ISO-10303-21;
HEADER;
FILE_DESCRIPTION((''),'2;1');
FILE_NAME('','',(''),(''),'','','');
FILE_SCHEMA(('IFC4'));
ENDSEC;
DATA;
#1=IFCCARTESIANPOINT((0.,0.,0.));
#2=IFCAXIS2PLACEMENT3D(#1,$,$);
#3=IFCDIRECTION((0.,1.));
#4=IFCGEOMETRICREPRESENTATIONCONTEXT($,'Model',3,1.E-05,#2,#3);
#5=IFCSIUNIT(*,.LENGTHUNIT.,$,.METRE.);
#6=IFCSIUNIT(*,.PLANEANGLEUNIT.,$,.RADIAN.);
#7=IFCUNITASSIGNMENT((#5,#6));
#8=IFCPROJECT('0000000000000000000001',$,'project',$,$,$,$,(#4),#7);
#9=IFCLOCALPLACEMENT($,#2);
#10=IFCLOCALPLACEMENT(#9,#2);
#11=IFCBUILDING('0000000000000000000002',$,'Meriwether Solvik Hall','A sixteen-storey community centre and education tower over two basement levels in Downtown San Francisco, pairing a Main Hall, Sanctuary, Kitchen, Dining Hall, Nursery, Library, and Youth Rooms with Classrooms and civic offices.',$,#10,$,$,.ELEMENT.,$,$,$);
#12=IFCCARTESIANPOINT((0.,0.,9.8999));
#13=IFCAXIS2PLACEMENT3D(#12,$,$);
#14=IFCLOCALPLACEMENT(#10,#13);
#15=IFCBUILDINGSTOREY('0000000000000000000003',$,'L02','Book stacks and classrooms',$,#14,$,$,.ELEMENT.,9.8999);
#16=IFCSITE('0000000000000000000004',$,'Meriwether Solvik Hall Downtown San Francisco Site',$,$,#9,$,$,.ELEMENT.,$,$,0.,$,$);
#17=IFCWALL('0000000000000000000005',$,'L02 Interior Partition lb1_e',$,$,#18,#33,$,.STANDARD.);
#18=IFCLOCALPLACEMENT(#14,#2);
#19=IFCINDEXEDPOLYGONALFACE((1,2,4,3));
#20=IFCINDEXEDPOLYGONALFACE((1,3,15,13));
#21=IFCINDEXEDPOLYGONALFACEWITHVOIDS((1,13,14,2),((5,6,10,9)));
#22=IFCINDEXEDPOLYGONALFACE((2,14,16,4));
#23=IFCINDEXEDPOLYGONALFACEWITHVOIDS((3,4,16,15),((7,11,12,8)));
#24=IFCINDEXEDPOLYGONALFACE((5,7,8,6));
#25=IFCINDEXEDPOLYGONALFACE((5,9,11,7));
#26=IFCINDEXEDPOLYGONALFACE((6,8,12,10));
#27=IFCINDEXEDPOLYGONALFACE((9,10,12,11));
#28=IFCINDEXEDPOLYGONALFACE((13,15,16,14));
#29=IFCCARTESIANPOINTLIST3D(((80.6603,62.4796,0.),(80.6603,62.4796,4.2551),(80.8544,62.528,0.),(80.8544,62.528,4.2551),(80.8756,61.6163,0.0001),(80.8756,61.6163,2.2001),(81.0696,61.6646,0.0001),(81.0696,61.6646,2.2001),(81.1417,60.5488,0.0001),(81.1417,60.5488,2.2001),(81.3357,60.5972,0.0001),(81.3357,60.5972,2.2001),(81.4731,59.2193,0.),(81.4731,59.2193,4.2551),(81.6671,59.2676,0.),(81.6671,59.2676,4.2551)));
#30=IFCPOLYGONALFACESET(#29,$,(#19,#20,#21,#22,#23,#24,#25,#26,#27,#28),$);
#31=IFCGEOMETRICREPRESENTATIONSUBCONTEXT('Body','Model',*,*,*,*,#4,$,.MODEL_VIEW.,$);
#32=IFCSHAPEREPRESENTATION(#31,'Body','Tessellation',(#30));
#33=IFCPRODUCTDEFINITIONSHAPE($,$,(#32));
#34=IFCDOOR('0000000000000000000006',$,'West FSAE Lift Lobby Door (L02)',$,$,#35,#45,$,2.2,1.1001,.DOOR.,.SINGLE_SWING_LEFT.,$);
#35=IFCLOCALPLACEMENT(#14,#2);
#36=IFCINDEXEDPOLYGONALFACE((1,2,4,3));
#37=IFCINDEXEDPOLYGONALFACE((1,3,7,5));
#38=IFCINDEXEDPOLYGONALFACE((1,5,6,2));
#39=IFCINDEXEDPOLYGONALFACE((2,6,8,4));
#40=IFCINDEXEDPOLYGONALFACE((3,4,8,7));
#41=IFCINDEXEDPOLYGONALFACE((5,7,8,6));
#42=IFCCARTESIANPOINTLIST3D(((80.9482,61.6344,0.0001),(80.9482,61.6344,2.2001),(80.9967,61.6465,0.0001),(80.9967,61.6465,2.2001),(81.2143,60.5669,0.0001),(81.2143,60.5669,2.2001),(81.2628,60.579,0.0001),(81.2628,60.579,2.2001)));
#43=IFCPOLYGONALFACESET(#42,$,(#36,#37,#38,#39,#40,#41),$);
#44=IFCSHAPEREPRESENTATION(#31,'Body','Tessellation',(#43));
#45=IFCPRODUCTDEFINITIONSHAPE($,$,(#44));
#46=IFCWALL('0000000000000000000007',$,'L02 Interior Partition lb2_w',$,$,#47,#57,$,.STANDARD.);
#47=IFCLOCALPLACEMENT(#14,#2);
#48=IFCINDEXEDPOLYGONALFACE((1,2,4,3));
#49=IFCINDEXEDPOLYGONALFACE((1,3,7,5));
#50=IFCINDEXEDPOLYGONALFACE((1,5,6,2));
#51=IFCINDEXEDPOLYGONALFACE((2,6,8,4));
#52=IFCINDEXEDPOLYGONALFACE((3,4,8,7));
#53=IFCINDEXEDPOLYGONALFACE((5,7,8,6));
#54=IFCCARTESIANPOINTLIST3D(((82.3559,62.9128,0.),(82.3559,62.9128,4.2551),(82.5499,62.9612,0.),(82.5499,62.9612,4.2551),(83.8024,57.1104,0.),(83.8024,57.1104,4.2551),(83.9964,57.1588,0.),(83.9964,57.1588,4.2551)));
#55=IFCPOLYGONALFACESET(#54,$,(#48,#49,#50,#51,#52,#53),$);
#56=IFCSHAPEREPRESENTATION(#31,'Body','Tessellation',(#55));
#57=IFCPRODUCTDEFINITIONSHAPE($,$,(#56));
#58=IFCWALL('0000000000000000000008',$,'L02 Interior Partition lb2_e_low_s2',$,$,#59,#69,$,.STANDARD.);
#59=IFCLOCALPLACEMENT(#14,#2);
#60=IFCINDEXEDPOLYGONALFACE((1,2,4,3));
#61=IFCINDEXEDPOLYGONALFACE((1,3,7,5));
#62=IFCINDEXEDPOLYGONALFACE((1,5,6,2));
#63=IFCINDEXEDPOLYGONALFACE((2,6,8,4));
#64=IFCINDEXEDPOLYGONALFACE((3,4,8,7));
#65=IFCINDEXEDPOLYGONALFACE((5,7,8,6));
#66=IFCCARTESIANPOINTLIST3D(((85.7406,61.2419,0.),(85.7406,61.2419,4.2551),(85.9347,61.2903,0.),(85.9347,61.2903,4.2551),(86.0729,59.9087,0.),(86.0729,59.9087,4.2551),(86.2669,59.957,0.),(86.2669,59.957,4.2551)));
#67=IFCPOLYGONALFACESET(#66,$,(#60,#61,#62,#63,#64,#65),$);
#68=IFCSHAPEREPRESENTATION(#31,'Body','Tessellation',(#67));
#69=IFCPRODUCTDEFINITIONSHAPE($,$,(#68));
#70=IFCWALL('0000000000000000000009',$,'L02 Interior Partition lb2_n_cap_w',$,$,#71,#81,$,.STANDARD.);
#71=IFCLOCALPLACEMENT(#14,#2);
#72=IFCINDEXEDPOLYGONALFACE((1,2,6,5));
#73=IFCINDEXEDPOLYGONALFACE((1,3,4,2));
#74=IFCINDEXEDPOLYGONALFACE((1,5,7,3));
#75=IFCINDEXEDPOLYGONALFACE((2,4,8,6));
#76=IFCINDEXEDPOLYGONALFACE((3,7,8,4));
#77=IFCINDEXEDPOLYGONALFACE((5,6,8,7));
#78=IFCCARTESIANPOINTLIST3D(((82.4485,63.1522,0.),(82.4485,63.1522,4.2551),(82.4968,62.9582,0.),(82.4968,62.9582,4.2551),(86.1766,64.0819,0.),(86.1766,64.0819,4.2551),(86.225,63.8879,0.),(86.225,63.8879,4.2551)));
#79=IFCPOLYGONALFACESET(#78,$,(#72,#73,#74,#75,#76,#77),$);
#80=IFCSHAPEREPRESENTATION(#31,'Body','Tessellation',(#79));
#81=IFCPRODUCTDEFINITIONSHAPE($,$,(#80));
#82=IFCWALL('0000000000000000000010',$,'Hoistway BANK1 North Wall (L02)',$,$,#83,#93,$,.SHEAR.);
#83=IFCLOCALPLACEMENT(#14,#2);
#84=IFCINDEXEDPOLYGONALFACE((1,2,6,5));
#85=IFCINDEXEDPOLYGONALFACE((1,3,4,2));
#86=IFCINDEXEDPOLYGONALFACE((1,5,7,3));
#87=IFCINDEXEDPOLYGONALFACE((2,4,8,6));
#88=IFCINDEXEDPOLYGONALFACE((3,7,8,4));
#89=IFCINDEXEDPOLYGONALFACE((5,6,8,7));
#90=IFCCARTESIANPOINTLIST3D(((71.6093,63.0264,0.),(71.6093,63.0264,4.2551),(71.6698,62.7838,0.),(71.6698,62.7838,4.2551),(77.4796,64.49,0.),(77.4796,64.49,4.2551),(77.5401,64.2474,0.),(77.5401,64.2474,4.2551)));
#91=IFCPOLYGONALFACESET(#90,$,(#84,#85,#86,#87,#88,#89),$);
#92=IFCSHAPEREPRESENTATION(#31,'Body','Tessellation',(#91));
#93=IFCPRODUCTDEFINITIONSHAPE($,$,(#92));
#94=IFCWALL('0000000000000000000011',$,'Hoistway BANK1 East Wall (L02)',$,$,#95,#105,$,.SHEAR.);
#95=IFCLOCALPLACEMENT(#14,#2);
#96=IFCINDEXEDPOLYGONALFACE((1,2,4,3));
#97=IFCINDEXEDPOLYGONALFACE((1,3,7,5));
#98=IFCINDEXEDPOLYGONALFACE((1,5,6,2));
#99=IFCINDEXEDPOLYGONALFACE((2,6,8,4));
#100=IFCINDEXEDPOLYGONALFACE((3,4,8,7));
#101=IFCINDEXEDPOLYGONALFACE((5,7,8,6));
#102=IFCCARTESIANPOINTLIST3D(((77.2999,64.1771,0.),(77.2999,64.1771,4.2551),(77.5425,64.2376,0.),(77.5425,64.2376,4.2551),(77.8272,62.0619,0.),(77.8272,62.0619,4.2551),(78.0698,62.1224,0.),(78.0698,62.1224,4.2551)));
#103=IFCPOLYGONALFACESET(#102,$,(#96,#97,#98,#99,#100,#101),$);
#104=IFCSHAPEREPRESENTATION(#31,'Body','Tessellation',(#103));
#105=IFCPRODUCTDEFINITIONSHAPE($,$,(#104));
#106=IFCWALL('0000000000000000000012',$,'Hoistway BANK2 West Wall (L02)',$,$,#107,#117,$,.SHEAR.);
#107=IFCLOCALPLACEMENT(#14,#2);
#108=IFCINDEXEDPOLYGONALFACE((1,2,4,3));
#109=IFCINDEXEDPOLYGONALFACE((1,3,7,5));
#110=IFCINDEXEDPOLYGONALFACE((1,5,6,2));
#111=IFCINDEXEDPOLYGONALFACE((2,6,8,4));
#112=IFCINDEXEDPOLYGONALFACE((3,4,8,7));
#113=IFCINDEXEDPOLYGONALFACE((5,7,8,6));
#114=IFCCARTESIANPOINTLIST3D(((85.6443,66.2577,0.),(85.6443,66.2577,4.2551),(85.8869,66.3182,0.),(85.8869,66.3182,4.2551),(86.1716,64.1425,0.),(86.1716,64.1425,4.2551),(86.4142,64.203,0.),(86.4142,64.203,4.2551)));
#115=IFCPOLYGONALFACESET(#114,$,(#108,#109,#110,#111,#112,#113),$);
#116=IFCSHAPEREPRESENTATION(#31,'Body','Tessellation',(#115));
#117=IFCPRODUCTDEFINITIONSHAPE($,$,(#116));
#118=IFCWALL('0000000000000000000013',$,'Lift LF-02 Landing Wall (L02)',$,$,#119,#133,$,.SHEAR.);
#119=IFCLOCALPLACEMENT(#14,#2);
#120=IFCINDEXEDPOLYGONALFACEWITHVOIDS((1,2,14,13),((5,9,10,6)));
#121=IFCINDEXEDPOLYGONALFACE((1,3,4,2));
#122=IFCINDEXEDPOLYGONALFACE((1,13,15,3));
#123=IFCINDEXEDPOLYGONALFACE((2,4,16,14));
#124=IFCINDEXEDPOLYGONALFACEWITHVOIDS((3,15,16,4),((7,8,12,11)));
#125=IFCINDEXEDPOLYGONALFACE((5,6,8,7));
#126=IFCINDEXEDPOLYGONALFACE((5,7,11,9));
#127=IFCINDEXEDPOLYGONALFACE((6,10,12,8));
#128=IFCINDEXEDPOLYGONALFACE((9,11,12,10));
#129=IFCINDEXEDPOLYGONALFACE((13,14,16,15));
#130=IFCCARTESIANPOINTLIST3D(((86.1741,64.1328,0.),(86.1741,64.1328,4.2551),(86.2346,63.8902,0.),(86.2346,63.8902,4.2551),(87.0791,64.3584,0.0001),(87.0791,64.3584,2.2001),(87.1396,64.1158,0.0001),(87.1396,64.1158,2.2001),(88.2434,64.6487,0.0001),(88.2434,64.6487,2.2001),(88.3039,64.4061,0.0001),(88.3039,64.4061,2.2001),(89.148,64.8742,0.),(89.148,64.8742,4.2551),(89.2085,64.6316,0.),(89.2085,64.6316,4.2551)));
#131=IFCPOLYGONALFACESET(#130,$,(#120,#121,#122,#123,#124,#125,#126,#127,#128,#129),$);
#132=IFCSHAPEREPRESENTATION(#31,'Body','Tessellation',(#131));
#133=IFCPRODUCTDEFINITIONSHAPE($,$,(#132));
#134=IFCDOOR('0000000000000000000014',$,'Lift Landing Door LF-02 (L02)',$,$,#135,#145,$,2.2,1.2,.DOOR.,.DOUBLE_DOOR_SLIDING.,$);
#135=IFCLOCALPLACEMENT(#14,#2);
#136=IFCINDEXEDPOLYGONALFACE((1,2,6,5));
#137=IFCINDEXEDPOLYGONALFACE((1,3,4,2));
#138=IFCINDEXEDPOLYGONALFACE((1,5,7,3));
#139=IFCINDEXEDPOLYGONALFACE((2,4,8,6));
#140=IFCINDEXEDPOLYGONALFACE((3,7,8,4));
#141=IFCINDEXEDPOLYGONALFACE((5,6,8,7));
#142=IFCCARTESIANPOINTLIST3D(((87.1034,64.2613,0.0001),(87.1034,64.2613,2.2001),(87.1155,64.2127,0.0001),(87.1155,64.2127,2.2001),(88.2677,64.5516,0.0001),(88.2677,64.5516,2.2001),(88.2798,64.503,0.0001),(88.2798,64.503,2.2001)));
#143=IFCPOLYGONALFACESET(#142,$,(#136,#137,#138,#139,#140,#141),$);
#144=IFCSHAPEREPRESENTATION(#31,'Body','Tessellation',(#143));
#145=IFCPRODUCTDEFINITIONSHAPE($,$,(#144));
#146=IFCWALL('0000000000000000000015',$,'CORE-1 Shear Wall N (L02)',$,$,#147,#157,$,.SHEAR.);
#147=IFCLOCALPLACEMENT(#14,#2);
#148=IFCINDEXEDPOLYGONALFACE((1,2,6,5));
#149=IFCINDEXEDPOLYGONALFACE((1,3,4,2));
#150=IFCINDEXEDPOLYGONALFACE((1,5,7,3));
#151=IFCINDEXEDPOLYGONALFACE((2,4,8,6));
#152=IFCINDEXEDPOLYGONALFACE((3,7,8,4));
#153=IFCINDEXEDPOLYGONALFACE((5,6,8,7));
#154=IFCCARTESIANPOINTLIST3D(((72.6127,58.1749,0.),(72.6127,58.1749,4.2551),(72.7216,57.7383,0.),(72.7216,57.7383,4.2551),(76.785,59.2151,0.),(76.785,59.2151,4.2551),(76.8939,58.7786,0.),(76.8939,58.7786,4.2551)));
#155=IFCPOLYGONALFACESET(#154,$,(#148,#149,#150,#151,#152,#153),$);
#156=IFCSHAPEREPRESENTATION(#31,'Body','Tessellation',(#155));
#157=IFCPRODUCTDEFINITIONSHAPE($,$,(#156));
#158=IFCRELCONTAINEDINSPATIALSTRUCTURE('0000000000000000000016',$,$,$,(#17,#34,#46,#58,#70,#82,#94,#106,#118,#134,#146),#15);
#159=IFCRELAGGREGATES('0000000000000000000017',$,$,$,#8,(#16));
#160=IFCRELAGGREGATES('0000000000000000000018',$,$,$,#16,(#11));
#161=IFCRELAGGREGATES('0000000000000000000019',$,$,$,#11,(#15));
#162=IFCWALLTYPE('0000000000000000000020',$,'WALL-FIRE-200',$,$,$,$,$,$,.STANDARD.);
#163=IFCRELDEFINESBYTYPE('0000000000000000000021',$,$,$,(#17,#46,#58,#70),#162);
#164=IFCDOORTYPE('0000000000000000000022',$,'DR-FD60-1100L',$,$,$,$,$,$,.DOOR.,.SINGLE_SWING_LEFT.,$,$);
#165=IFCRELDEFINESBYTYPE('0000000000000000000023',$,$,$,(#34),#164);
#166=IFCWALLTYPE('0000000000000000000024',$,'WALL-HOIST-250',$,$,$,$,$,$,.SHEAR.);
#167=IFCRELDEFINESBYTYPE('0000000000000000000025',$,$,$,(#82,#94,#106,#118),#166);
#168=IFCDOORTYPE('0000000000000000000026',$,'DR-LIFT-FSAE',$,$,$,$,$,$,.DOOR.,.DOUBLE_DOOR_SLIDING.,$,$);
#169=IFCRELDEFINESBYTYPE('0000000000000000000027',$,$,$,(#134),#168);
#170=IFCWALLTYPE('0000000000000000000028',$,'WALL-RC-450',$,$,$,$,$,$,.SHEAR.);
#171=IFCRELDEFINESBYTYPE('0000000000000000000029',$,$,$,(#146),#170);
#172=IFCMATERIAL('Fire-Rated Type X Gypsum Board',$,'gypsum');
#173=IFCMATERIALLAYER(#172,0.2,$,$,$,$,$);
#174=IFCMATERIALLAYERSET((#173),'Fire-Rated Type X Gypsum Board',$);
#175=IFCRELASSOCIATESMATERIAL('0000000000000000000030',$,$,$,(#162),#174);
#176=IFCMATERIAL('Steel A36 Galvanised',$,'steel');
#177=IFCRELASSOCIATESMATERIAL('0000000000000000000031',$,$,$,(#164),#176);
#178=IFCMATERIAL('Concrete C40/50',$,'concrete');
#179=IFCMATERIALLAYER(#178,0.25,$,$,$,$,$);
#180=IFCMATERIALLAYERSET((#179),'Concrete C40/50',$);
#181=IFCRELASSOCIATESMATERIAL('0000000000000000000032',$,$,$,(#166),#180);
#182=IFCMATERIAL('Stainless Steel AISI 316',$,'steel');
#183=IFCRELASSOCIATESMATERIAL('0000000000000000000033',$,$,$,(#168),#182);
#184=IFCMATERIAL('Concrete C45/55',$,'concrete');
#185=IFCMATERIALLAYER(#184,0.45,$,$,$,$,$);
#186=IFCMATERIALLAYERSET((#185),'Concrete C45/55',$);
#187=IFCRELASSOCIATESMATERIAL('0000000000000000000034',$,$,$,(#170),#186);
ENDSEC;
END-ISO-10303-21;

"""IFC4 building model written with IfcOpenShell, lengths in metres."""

from ifc_helpers import new_model, si_unit, direction, frame, frame_2d, origin, place, context, subcontext, project, spatial, rectangle, extrude, material, layer, layer_set, type_object, element, fill, save


model = new_model("IFC4")

# Units and contexts
model_context = context("Model", 3, precision=1e-05, world=origin(), true_north=direction((0.0, 1.0)))
body_context = subcontext(model_context, "Body", "Model", "MODEL_VIEW")
ifc_project = project(units=[si_unit("LENGTHUNIT", "METRE"), si_unit("PLANEANGLEUNIT", "RADIAN")], contexts=[model_context])

# Site, building, storey
site_placement = place(None, origin())
site = spatial("IfcSite", under=ifc_project, at=site_placement, Name="Meriwether Solvik Hall Downtown San Francisco Site", CompositionType="ELEMENT", RefElevation=0.0)
building_placement = place(site_placement, origin())
building = spatial("IfcBuilding", under=site, at=building_placement, Name="Meriwether Solvik Hall", Description="A sixteen-storey community centre and education tower over two basement levels in Downtown San Francisco, pairing a Main Hall, Sanctuary, Kitchen, Dining Hall, Nursery, Library, and Youth Rooms with Classrooms and civic offices.", CompositionType="ELEMENT")
storey_placement = place(building_placement, frame((0.0, 0.0, 9.8999)))
storey = spatial("IfcBuildingStorey", under=building, at=storey_placement, Name="L02", Description="Book stacks and classrooms", CompositionType="ELEMENT", Elevation=9.8999)

# Shared definitions
ifc_material_1 = material(Name="Fire-Rated Type X Gypsum Board", Category="gypsum")
ifc_layer_1 = layer(ifc_material_1, 0.2)
ifc_layer_set_1 = layer_set([ifc_layer_1], Name="Fire-Rated Type X Gypsum Board")
wall_type_1 = type_object("IfcWallType", Name="WALL-FIRE-200", PredefinedType="STANDARD", material=ifc_layer_set_1)

# Wall, opening, door
wall_1_placement = place(storey_placement, frame((80.7573, 62.5039, 0.0), z_axis=(0.0, 0.0, 1.0), x_axis=(0.241886, -0.970305, 0.0)))
wall_1 = element("IfcWall", 1, at=wall_1_placement, inside=storey, type_object=wall_type_1, Name="L02 Interior Partition lb1_e", PredefinedType="STANDARD", context=body_context, shape_type="SweptSolid", body=[
    extrude(rectangle(XDim=3.3601, YDim=0.2, at=frame_2d((1.6802, 0.0))), origin(), (0.0, 0.0, 1.0), 4.2551),
])
opening_1_placement = place(wall_1_placement, frame((0.8899, 0.0, 0.0)))
opening_1 = element("IfcOpeningElement", 2, at=opening_1_placement, cuts=wall_1, PredefinedType="OPENING", context=body_context, shape_type="SweptSolid", body=[
    extrude(rectangle(XDim=1.1001, YDim=2.2, at=frame_2d((0.55, 1.1001))), frame((0.0, 0.1118, 0.0), z_axis=(0.0, -1.0, 0.0), x_axis=(1.0, 0.0, 0.0)), (0.0, 0.0, 1.0), 0.2239),
])
ifc_material_2 = material(Name="Steel A36 Galvanised", Category="steel")
door_type_1 = type_object("IfcDoorType", Name="DR-FD60-1100L", OperationType="SINGLE_SWING_LEFT", PredefinedType="DOOR", material=ifc_material_2)
door_1_placement = place(opening_1_placement, origin())
door_1 = element("IfcDoor", 3, at=door_1_placement, inside=storey, type_object=door_type_1, Name="West FSAE Lift Lobby Door (L02)", OperationType="SINGLE_SWING_LEFT", OverallHeight=2.2, OverallWidth=1.1001, PredefinedType="DOOR", context=body_context, shape_type="SweptSolid", body=[
    extrude(rectangle(XDim=1.1001, YDim=2.2, at=frame_2d((0.55, 1.1001))), frame((0.0, 0.0249, 0.0), z_axis=(0.0, -1.0, 0.0), x_axis=(1.0, 0.0, 0.0)), (0.0, 0.0, 1.0), 0.05),
])
fill(opening_1, door_1)

# Walls
wall_2_placement = place(storey_placement, frame((82.4529, 62.937, 0.0), z_axis=(0.0, 0.0, 1.0), x_axis=(0.241892, -0.970303, 0.0)))
element("IfcWall", 4, at=wall_2_placement, inside=storey, type_object=wall_type_1, Name="L02 Interior Partition lb2_w", PredefinedType="STANDARD", context=body_context, shape_type="SweptSolid", body=[
    extrude(rectangle(XDim=5.98, YDim=0.2, at=frame_2d((2.99, 0.0))), origin(), (0.0, 0.0, 1.0), 4.2551),
])
wall_3_placement = place(storey_placement, frame((86.1699, 59.9329, 0.0), z_axis=(0.0, 0.0, 1.0), x_axis=(-0.241825, 0.97032, 0.0)))
element("IfcWall", 5, at=wall_3_placement, inside=storey, type_object=wall_type_1, Name="L02 Interior Partition lb2_e_low_s2", PredefinedType="STANDARD", context=body_context, shape_type="SweptSolid", body=[
    extrude(rectangle(XDim=1.374, YDim=0.2, at=frame_2d((0.687, 0.0))), origin(), (0.0, 0.0, 1.0), 4.2551),
])
wall_4_placement = place(storey_placement, frame((82.4727, 63.0552, 0.0), z_axis=(0.0, 0.0, 1.0), x_axis=(0.970284, 0.241967, 0.0)))
element("IfcWall", 6, at=wall_4_placement, inside=storey, type_object=wall_type_1, Name="L02 Interior Partition lb2_n_cap_w", PredefinedType="STANDARD", context=body_context, shape_type="SweptSolid", body=[
    extrude(rectangle(XDim=3.8423, YDim=0.2, at=frame_2d((1.9211, 0.0))), origin(), (0.0, 0.0, 1.0), 4.2551),
])
ifc_material_3 = material(Name="Concrete C40/50", Category="concrete")
ifc_layer_2 = layer(ifc_material_3, 0.25)
ifc_layer_set_2 = layer_set([ifc_layer_2], Name="Concrete C40/50")
wall_type_2 = type_object("IfcWallType", Name="WALL-HOIST-250", PredefinedType="SHEAR", material=ifc_layer_set_2)
wall_5_placement = place(storey_placement, frame((77.5098, 64.3687, 0.0), z_axis=(0.0, 0.0, 1.0), x_axis=(-0.970297, -0.241918, 0.0)))
element("IfcWall", 7, at=wall_5_placement, inside=storey, type_object=wall_type_2, Name="Hoistway BANK1 North Wall (L02)", PredefinedType="SHEAR", context=body_context, shape_type="SweptSolid", body=[
    extrude(rectangle(XDim=6.05, YDim=0.25, at=frame_2d((3.0249, 0.0))), origin(), (0.0, 0.0, 1.0), 4.2551),
])
for number, where, z_axis, x_axis, name in (
    (8, (77.9485, 62.0923, 0.0), (0.0, 0.0, 1.0), (-0.241903, 0.9703, 0.0), "Hoistway BANK1 East Wall (L02)"),
    (9, (85.7656, 66.2878, 0.0), (0.0, 0.0, 1.0), (0.241903, -0.9703, 0.0), "Hoistway BANK2 West Wall (L02)"),
):
    element("IfcWall", number, at=place(storey_placement, frame(where, z_axis=z_axis, x_axis=x_axis)), inside=storey, type_object=wall_type_2, Name=name, PredefinedType="SHEAR", context=body_context, shape_type="SweptSolid", body=[
        extrude(rectangle(XDim=2.1799, YDim=0.25, at=frame_2d((1.0898, 0.0))), origin(), (0.0, 0.0, 1.0), 4.2551),
    ])

# Wall, opening, door
wall_6_placement = place(storey_placement, frame((86.2043, 64.0115, 0.0), z_axis=(0.0, 0.0, 1.0), x_axis=(0.970297, 0.241917, 0.0)))
wall_6 = element("IfcWall", 10, at=wall_6_placement, inside=storey, type_object=wall_type_2, Name="Lift LF-02 Landing Wall (L02)", PredefinedType="SHEAR", context=body_context, shape_type="SweptSolid", body=[
    extrude(rectangle(XDim=3.0649, YDim=0.25, at=frame_2d((1.5325, 0.0))), origin(), (0.0, 0.0, 1.0), 4.2551),
])
opening_2_placement = place(wall_6_placement, frame((0.9326, 0.0, 0.0)))
opening_2 = element("IfcOpeningElement", 11, at=opening_2_placement, cuts=wall_6, PredefinedType="OPENING", context=body_context, shape_type="SweptSolid", body=[
    extrude(rectangle(XDim=1.2, YDim=2.2, at=frame_2d((0.6001, 1.1001))), frame((0.0, 0.137, 0.0), z_axis=(0.0, -1.0, 0.0), x_axis=(1.0, 0.0, 0.0)), (0.0, 0.0, 1.0), 0.2739),
])
ifc_material_4 = material(Name="Stainless Steel AISI 316", Category="steel")
door_type_2 = type_object("IfcDoorType", Name="DR-LIFT-FSAE", OperationType="DOUBLE_DOOR_SLIDING", PredefinedType="DOOR", material=ifc_material_4)
door_2_placement = place(opening_2_placement, origin())
door_2 = element("IfcDoor", 12, at=door_2_placement, inside=storey, type_object=door_type_2, Name="Lift Landing Door LF-02 (L02)", OperationType="DOUBLE_DOOR_SLIDING", OverallHeight=2.2, OverallWidth=1.2, PredefinedType="DOOR", context=body_context, shape_type="SweptSolid", body=[
    extrude(rectangle(XDim=1.2, YDim=2.2, at=frame_2d((0.6001, 1.1001))), frame((0.0, 0.0249, 0.0), z_axis=(0.0, -1.0, 0.0), x_axis=(1.0, 0.0, 0.0)), (0.0, 0.0, 1.0), 0.05),
])
fill(opening_2, door_2)

# Wall
ifc_material_5 = material(Name="Concrete C45/55", Category="concrete")
ifc_layer_3 = layer(ifc_material_5, 0.45)
ifc_layer_set_3 = layer_set([ifc_layer_3], Name="Concrete C45/55")
wall_type_3 = type_object("IfcWallType", Name="WALL-RC-450", PredefinedType="SHEAR", material=ifc_layer_set_3)
wall_7_placement = place(storey_placement, frame((76.8394, 58.9968, 0.0), z_axis=(0.0, 0.0, 1.0), x_axis=(-0.970296, -0.241921, 0.0)))
element("IfcWall", 13, at=wall_7_placement, inside=storey, type_object=wall_type_3, Name="CORE-1 Shear Wall N (L02)", PredefinedType="SHEAR", context=body_context, shape_type="SweptSolid", body=[
    extrude(rectangle(XDim=4.3, YDim=0.45, at=frame_2d((2.1499, 0.0))), origin(), (0.0, 0.0, 1.0), 4.2551),
])

save(model, "model.ifc")
